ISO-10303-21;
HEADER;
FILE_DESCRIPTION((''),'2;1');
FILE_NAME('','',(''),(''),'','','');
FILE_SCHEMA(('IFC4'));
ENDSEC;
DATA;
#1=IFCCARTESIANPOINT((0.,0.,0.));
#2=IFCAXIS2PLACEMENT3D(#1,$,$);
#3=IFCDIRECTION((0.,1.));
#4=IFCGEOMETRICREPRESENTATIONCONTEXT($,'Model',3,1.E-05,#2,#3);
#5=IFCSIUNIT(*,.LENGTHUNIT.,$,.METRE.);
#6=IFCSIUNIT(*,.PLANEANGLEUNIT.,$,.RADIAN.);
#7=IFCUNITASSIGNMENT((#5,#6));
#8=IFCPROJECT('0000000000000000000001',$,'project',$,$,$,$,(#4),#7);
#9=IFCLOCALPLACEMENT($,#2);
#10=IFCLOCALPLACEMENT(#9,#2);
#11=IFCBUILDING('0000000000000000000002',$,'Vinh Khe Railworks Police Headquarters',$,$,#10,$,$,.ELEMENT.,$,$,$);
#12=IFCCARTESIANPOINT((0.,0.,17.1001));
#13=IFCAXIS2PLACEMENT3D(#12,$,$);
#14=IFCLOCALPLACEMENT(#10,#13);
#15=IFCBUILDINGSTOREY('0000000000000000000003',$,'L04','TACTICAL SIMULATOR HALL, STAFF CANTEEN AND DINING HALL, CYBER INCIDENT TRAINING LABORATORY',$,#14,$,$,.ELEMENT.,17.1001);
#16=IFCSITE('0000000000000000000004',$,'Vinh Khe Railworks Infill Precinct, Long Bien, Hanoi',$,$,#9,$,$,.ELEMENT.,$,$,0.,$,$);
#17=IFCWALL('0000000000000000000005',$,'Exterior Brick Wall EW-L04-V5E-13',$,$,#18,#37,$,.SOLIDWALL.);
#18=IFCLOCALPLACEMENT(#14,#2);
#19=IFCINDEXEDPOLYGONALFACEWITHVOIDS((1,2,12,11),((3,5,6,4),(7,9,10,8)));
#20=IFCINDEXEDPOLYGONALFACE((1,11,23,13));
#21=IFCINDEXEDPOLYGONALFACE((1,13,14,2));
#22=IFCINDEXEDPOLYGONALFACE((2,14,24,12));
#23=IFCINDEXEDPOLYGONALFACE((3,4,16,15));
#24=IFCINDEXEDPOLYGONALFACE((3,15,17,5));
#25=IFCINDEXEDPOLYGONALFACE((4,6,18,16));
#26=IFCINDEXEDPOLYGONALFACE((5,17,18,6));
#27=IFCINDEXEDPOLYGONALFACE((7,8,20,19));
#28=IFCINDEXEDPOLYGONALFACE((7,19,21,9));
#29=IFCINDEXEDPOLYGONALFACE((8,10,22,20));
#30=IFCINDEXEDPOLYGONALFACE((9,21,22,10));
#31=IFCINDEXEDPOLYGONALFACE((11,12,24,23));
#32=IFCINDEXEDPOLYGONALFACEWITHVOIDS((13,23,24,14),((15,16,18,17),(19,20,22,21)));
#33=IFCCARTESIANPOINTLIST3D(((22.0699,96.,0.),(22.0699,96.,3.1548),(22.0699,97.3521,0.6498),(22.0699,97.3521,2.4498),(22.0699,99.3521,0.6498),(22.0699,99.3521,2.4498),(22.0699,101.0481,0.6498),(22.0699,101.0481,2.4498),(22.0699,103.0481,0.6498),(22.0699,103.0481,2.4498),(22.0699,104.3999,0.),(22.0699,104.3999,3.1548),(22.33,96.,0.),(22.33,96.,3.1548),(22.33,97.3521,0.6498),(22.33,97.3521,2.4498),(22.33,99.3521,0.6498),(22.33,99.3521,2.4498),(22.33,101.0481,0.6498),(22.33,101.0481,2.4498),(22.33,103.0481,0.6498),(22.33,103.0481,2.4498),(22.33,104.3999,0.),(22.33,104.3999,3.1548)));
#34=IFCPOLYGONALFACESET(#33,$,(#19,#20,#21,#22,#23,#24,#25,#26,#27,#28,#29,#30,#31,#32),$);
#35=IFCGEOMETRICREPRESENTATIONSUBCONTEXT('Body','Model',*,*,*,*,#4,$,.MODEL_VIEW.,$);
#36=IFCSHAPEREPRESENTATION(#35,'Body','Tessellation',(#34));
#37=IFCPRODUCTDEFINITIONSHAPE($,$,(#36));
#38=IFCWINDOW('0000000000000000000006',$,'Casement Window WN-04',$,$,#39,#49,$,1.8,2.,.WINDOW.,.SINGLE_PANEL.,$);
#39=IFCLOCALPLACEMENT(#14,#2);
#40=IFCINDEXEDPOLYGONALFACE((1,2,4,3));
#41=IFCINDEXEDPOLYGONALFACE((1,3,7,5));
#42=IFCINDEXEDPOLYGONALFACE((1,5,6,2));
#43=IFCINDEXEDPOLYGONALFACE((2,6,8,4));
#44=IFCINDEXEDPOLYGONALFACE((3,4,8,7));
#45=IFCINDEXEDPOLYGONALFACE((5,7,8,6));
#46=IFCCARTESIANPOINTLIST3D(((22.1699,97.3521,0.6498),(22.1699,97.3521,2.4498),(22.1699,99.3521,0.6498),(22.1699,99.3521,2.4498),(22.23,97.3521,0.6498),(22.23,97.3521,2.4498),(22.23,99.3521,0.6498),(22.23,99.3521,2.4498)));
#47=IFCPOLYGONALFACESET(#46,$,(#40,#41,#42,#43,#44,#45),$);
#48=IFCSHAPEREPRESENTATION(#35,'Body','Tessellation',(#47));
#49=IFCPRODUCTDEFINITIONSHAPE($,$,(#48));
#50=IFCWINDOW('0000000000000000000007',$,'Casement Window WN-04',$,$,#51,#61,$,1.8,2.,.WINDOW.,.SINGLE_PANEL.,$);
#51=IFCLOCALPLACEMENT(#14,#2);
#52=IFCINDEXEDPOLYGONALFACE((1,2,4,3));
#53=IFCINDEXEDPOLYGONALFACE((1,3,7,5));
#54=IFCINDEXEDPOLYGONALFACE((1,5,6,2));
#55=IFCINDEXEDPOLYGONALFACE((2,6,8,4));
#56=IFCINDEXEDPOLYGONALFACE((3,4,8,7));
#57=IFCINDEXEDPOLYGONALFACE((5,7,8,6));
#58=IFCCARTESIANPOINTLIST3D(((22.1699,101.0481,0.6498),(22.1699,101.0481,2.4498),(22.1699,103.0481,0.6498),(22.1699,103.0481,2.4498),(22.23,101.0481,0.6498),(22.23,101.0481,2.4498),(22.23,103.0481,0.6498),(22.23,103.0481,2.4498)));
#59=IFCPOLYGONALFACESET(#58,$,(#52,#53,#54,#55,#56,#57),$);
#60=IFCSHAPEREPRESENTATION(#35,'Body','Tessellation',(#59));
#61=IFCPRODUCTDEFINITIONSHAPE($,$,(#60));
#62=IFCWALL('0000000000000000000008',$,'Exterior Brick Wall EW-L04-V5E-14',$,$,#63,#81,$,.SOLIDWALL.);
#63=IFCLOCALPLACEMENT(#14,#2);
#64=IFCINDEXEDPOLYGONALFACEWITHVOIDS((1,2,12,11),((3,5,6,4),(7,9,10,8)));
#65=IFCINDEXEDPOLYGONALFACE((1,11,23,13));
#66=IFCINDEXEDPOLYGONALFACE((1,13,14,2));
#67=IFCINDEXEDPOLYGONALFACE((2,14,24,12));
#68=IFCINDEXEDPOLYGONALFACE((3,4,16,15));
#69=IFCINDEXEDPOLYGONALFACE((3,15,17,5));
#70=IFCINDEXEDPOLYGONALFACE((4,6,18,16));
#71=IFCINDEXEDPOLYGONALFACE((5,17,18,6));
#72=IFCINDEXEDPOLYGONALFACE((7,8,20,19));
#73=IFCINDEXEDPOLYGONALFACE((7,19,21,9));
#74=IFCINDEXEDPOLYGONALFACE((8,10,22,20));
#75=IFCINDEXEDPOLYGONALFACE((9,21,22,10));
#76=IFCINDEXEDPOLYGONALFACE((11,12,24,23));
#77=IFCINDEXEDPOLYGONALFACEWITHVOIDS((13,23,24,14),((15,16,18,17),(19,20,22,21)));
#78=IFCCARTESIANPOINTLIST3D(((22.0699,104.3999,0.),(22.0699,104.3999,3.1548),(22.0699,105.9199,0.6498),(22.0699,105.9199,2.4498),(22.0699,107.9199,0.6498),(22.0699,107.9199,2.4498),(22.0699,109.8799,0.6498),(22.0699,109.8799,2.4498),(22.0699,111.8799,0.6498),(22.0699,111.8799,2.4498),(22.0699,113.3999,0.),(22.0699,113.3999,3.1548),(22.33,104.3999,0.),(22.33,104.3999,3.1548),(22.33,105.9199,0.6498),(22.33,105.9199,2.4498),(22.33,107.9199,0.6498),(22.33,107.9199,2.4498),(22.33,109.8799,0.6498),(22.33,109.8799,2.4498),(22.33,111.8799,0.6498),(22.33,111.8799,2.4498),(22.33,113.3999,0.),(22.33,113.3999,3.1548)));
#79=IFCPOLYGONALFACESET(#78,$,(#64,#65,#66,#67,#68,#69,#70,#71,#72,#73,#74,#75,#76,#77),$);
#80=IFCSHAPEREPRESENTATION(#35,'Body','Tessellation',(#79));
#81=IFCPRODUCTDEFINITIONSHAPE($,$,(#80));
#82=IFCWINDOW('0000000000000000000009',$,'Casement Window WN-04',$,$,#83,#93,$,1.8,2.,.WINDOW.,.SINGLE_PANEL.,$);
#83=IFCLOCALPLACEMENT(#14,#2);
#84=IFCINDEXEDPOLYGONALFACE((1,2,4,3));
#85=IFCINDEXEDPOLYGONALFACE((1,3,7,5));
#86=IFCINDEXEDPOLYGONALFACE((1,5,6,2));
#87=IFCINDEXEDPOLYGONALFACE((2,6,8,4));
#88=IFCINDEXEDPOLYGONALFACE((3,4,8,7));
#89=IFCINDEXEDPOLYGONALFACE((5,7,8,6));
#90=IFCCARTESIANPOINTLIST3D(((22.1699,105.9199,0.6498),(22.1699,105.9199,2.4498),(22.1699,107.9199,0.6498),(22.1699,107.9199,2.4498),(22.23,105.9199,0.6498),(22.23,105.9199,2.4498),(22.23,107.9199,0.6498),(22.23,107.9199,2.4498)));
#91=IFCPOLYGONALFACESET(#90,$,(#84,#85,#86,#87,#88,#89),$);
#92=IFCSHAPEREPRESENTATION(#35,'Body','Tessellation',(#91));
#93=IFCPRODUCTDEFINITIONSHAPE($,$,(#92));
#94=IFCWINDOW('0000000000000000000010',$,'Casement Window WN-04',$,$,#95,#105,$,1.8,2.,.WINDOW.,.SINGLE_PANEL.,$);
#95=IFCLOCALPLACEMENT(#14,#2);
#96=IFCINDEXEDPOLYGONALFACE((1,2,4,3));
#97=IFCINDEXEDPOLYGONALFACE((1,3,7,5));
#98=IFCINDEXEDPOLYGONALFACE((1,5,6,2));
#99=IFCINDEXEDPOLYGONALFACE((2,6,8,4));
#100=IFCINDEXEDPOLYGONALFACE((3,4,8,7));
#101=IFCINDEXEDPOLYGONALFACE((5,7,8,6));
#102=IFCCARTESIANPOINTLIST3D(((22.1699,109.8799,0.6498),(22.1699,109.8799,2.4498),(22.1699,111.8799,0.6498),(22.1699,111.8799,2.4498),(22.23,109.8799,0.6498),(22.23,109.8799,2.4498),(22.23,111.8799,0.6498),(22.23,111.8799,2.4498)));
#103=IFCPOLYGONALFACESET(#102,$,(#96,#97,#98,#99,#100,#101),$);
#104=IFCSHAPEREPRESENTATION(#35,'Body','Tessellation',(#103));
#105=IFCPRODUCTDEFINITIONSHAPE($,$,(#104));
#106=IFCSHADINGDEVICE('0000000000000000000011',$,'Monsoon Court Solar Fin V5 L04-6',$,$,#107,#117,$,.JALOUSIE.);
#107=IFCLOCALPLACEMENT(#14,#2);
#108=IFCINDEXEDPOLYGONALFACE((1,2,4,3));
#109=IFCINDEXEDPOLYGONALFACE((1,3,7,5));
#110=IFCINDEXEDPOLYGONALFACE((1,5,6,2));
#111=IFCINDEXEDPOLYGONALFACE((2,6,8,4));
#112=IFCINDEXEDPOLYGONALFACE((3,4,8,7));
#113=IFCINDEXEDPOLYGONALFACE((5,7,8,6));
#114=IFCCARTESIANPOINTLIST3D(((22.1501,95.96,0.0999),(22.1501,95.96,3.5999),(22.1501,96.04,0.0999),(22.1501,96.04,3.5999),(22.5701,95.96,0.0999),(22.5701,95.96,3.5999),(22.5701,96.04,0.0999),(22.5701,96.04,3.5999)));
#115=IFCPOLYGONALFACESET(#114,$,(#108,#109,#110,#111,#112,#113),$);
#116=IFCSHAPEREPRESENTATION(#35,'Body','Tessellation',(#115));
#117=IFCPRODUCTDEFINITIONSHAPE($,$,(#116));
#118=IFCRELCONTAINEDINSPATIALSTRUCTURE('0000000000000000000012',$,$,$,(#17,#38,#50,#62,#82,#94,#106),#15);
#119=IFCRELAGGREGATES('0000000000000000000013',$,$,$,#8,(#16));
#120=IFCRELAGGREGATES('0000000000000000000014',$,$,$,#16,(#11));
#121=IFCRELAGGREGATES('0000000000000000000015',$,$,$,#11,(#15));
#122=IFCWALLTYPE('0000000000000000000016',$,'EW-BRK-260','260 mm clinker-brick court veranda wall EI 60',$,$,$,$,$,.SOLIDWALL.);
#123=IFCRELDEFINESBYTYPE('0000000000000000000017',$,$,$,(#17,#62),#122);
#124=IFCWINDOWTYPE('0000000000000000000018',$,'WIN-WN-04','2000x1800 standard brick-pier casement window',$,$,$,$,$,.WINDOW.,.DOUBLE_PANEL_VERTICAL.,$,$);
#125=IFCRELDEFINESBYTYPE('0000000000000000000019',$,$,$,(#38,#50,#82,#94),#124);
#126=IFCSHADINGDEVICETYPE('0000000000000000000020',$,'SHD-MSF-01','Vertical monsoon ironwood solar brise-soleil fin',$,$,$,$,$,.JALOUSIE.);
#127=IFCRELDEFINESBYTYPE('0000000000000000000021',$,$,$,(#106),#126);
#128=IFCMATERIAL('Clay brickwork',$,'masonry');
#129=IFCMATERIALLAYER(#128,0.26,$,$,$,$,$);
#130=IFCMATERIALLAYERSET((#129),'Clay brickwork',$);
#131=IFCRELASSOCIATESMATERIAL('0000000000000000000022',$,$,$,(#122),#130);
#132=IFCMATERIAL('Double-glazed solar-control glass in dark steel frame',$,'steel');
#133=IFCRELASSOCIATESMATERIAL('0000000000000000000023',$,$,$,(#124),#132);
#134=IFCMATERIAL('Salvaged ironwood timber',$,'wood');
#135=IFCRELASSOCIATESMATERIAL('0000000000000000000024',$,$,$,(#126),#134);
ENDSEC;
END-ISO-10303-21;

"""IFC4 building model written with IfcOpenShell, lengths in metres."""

from ifc_helpers import new_model, si_unit, direction, frame, frame_2d, origin, origin_2d, place, context, subcontext, project, spatial, rectangle, extrude, material, layer, layer_set, type_object, element, fill, save


model = new_model("IFC4")

# Units and contexts
model_context = context("Model", 3, precision=1e-05, world=origin(), true_north=direction((0.0, 1.0)))
body_context = subcontext(model_context, "Body", "Model", "MODEL_VIEW")
ifc_project = project(units=[si_unit("LENGTHUNIT", "METRE"), si_unit("PLANEANGLEUNIT", "RADIAN")], contexts=[model_context])

# Site, building, storey
site_placement = place(None, origin())
site = spatial("IfcSite", under=ifc_project, at=site_placement, Name="Vinh Khe Railworks Infill Precinct, Long Bien, Hanoi", CompositionType="ELEMENT", RefElevation=0.0)
building_placement = place(site_placement, origin())
building = spatial("IfcBuilding", under=site, at=building_placement, Name="Vinh Khe Railworks Police Headquarters", CompositionType="ELEMENT")
storey_placement = place(building_placement, frame((0.0, 0.0, 17.1001)))
storey = spatial("IfcBuildingStorey", under=building, at=storey_placement, Name="L04", Description="TACTICAL SIMULATOR HALL, STAFF CANTEEN AND DINING HALL, CYBER INCIDENT TRAINING LABORATORY", CompositionType="ELEMENT", Elevation=17.1001)

# Walls, openings, windows
ifc_material_1 = material(Name="Clay brickwork", Category="masonry")
ifc_layer = layer(ifc_material_1, 0.26)
ifc_layer_set = layer_set([ifc_layer], Name="Clay brickwork")
wall_type = type_object("IfcWallType", Name="EW-BRK-260", Description="260 mm clinker-brick court veranda wall EI 60", PredefinedType="SOLIDWALL", material=ifc_layer_set)
wall_1_placement = place(storey_placement, frame((22.2, 96.0, 0.0), z_axis=(0.0, 0.0, 1.0), x_axis=(0.0, 1.0, 0.0)))
wall_1 = element("IfcWall", 1, at=wall_1_placement, inside=storey, type_object=wall_type, Name="Exterior Brick Wall EW-L04-V5E-13", PredefinedType="SOLIDWALL", context=body_context, shape_type="SweptSolid", body=[
    extrude(rectangle(XDim=8.3999, YDim=0.26, at=frame_2d((4.2, 0.0))), origin(), (0.0, 0.0, 1.0), 3.1548),
])
opening_1_placement = place(wall_1_placement, frame((1.3521, 0.0, 0.6499)))
opening_1 = element("IfcOpeningElement", 2, at=opening_1_placement, cuts=wall_1, PredefinedType="OPENING", context=body_context, shape_type="SweptSolid", body=[
    extrude(rectangle(XDim=2.0, YDim=1.8, at=frame_2d((1.0, 0.8999))), frame((0.0, 0.145, 0.0), z_axis=(0.0, -1.0, 0.0), x_axis=(1.0, 0.0, 0.0)), (0.0, 0.0, 1.0), 0.2898),
])
opening_2_placement = place(wall_1_placement, frame((5.0481, 0.0, 0.6499)))
opening_2 = element("IfcOpeningElement", 3, at=opening_2_placement, cuts=wall_1, PredefinedType="OPENING", context=body_context, shape_type="SweptSolid", body=[
    extrude(rectangle(XDim=2.0, YDim=1.8, at=frame_2d((1.0, 0.8999))), frame((0.0, 0.145, 0.0), z_axis=(0.0, -1.0, 0.0), x_axis=(1.0, 0.0, 0.0)), (0.0, 0.0, 1.0), 0.2898),
])
ifc_material_2 = material(Name="Double-glazed solar-control glass in dark steel frame", Category="steel")
window_type = type_object("IfcWindowType", Name="WIN-WN-04", Description="2000x1800 standard brick-pier casement window", PartitioningType="DOUBLE_PANEL_VERTICAL", PredefinedType="WINDOW", material=ifc_material_2)
window_1_placement = place(opening_1_placement, origin())
window_1 = element("IfcWindow", 4, at=window_1_placement, inside=storey, type_object=window_type, Name="Casement Window WN-04", OverallHeight=1.8, OverallWidth=2.0, PartitioningType="SINGLE_PANEL", PredefinedType="WINDOW", context=body_context, shape_type="SweptSolid", body=[
    extrude(rectangle(XDim=2.0, YDim=1.8, at=frame_2d((1.0, 0.8999))), frame((0.0, 0.03, 0.0), z_axis=(0.0, -1.0, 0.0), x_axis=(1.0, 0.0, 0.0)), (0.0, 0.0, 1.0), 0.0601),
])
fill(opening_1, window_1)
window_2_placement = place(opening_2_placement, origin())
window_2 = element("IfcWindow", 5, at=window_2_placement, inside=storey, type_object=window_type, Name="Casement Window WN-04", OverallHeight=1.8, OverallWidth=2.0, PartitioningType="SINGLE_PANEL", PredefinedType="WINDOW", context=body_context, shape_type="SweptSolid", body=[
    extrude(rectangle(XDim=2.0, YDim=1.8, at=frame_2d((1.0, 0.8999))), frame((0.0, 0.03, 0.0), z_axis=(0.0, -1.0, 0.0), x_axis=(1.0, 0.0, 0.0)), (0.0, 0.0, 1.0), 0.0601),
])
fill(opening_2, window_2)
wall_2_placement = place(storey_placement, frame((22.2, 104.3999, 0.0), z_axis=(0.0, 0.0, 1.0), x_axis=(0.0, 1.0, 0.0)))
wall_2 = element("IfcWall", 6, at=wall_2_placement, inside=storey, type_object=wall_type, Name="Exterior Brick Wall EW-L04-V5E-14", PredefinedType="SOLIDWALL", context=body_context, shape_type="SweptSolid", body=[
    extrude(rectangle(XDim=9.0, YDim=0.26, at=frame_2d((4.5, 0.0))), origin(), (0.0, 0.0, 1.0), 3.1548),
])
opening_3_placement = place(wall_2_placement, frame((1.52, 0.0, 0.6499)))
opening_3 = element("IfcOpeningElement", 7, at=opening_3_placement, cuts=wall_2, PredefinedType="OPENING", context=body_context, shape_type="SweptSolid", body=[
    extrude(rectangle(XDim=2.0, YDim=1.8, at=frame_2d((1.0, 0.8999))), frame((0.0, 0.145, 0.0), z_axis=(0.0, -1.0, 0.0), x_axis=(1.0, 0.0, 0.0)), (0.0, 0.0, 1.0), 0.2898),
])
opening_4_placement = place(wall_2_placement, frame((5.48, 0.0, 0.6499)))
opening_4 = element("IfcOpeningElement", 8, at=opening_4_placement, cuts=wall_2, PredefinedType="OPENING", context=body_context, shape_type="SweptSolid", body=[
    extrude(rectangle(XDim=2.0, YDim=1.8, at=frame_2d((1.0, 0.8999))), frame((0.0, 0.145, 0.0), z_axis=(0.0, -1.0, 0.0), x_axis=(1.0, 0.0, 0.0)), (0.0, 0.0, 1.0), 0.2898),
])
window_3_placement = place(opening_3_placement, origin())
window_3 = element("IfcWindow", 9, at=window_3_placement, inside=storey, type_object=window_type, Name="Casement Window WN-04", OverallHeight=1.8, OverallWidth=2.0, PartitioningType="SINGLE_PANEL", PredefinedType="WINDOW", context=body_context, shape_type="SweptSolid", body=[
    extrude(rectangle(XDim=2.0, YDim=1.8, at=frame_2d((1.0, 0.8999))), frame((0.0, 0.03, 0.0), z_axis=(0.0, -1.0, 0.0), x_axis=(1.0, 0.0, 0.0)), (0.0, 0.0, 1.0), 0.0601),
])
fill(opening_3, window_3)
window_4_placement = place(opening_4_placement, origin())
window_4 = element("IfcWindow", 10, at=window_4_placement, inside=storey, type_object=window_type, Name="Casement Window WN-04", OverallHeight=1.8, OverallWidth=2.0, PartitioningType="SINGLE_PANEL", PredefinedType="WINDOW", context=body_context, shape_type="SweptSolid", body=[
    extrude(rectangle(XDim=2.0, YDim=1.8, at=frame_2d((1.0, 0.8999))), frame((0.0, 0.03, 0.0), z_axis=(0.0, -1.0, 0.0), x_axis=(1.0, 0.0, 0.0)), (0.0, 0.0, 1.0), 0.0601),
])
fill(opening_4, window_4)

# Shading device
ifc_material_3 = material(Name="Salvaged ironwood timber", Category="wood")
shading_device_type = type_object("IfcShadingDeviceType", Name="SHD-MSF-01", Description="Vertical monsoon ironwood solar brise-soleil fin", PredefinedType="JALOUSIE", material=ifc_material_3)
shading_device_placement = place(storey_placement, frame((22.3601, 96.0, 0.0999), z_axis=(0.0, 0.0, 1.0), x_axis=(1.0, 0.0, 0.0)))
element("IfcShadingDevice", 11, at=shading_device_placement, inside=storey, type_object=shading_device_type, Name="Monsoon Court Solar Fin V5 L04-6", PredefinedType="JALOUSIE", context=body_context, shape_type="SweptSolid", body=[
    extrude(rectangle(XDim=0.4199, YDim=0.0801, at=origin_2d()), origin(), (0.0, 0.0, 1.0), 3.5),
])

save(model, "model.ifc")
